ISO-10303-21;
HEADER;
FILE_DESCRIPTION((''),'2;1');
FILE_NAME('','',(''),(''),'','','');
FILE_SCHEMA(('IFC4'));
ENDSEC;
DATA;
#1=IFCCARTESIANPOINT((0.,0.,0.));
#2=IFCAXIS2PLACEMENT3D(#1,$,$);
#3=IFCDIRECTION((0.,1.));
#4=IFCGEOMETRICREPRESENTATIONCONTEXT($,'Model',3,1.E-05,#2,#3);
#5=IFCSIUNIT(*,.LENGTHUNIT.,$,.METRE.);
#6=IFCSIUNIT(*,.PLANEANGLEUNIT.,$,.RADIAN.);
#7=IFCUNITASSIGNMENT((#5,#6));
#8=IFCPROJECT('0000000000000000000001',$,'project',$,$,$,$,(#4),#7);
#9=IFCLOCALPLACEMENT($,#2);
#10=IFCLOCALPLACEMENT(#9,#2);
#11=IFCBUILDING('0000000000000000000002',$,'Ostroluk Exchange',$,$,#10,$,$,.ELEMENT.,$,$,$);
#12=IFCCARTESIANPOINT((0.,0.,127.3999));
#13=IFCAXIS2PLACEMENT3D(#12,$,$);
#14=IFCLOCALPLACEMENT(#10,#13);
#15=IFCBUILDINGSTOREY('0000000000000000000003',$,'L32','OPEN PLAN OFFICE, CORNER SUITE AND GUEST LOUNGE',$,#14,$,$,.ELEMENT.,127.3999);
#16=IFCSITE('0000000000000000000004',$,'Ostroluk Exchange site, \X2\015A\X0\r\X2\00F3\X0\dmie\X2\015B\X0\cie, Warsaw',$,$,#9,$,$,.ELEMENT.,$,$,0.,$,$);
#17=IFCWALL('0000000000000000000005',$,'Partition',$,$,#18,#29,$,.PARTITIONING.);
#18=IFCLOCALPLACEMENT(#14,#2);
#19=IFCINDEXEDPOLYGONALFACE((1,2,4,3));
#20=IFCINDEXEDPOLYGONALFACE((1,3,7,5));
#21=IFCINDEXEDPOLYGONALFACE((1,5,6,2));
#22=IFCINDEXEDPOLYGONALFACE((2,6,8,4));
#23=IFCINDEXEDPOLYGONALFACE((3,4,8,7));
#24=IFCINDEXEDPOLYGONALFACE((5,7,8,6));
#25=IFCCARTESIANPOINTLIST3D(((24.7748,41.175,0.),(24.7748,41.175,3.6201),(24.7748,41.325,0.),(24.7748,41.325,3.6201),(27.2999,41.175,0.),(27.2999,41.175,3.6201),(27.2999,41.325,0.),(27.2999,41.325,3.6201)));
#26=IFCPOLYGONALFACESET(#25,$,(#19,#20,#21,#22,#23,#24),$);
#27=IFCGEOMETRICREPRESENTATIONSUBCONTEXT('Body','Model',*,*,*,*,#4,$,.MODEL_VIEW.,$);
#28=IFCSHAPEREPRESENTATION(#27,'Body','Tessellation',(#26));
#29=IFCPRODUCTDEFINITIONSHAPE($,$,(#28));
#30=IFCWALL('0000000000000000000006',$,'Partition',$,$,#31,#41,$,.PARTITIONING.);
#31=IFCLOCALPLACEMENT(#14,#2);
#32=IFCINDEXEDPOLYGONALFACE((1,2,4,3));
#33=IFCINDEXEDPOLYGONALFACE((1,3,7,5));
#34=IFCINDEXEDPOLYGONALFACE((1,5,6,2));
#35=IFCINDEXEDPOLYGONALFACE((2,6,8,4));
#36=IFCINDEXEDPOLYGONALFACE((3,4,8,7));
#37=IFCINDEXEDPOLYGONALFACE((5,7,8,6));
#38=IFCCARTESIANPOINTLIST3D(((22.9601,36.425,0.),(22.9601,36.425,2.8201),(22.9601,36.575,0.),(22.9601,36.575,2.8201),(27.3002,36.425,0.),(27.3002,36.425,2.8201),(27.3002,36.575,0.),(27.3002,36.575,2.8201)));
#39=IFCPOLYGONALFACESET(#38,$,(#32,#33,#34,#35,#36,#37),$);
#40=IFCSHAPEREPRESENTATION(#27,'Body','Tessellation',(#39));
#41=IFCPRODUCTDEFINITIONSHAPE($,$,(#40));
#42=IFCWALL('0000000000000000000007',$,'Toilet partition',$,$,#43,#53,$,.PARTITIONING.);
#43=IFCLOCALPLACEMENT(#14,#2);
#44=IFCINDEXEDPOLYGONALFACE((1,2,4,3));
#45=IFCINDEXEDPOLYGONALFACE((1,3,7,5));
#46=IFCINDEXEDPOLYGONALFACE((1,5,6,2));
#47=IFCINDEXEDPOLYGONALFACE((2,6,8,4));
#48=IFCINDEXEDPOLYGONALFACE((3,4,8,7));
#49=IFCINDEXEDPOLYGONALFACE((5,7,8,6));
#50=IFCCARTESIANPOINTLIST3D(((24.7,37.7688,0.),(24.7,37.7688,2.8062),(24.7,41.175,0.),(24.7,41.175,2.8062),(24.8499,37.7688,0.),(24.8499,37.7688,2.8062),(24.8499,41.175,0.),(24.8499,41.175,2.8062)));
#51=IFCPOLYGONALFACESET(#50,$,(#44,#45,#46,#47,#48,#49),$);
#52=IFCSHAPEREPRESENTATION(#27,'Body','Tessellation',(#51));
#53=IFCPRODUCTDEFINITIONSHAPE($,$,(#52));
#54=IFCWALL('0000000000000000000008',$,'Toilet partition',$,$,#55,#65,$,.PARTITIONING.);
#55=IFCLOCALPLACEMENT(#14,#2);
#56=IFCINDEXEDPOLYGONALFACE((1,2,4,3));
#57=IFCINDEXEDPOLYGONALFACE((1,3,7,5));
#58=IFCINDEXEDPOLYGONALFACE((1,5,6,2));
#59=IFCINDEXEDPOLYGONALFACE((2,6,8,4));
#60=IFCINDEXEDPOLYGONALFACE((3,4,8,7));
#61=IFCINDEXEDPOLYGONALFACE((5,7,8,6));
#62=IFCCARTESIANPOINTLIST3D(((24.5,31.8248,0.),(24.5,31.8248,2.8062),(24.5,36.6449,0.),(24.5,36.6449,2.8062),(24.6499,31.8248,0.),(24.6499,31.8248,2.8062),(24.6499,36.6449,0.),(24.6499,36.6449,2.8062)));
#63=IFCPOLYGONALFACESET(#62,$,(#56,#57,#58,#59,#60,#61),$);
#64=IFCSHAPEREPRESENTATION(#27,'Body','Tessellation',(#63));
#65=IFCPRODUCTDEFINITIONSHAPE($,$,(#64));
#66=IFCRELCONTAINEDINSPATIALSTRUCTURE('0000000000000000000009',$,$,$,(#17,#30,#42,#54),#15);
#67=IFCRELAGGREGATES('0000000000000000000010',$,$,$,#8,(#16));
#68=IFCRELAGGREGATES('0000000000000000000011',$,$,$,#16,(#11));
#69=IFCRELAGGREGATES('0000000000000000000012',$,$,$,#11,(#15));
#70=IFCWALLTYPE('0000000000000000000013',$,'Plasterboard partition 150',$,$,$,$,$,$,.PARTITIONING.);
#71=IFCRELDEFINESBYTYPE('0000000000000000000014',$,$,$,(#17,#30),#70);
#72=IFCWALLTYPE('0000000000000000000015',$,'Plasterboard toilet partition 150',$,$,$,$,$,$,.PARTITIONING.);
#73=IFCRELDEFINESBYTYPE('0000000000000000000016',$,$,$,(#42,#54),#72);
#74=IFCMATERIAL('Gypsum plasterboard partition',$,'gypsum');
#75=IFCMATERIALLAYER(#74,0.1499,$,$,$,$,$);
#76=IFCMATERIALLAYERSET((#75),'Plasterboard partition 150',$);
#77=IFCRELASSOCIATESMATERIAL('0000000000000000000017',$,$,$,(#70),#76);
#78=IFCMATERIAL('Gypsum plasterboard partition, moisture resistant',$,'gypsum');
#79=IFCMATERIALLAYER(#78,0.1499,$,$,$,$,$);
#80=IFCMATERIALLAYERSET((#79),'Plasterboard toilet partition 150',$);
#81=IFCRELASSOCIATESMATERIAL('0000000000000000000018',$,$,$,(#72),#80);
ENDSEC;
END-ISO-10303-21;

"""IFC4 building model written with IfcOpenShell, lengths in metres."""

from ifc_helpers import new_model, si_unit, direction, frame, frame_2d, origin, place, context, subcontext, project, spatial, rectangle, extrude, material, layer, layer_set, type_object, element, save


model = new_model("IFC4")

# Units and contexts
model_context = context("Model", 3, precision=1e-05, world=origin(), true_north=direction((0.0, 1.0)))
body_context = subcontext(model_context, "Body", "Model", "MODEL_VIEW")
ifc_project = project(units=[si_unit("LENGTHUNIT", "METRE"), si_unit("PLANEANGLEUNIT", "RADIAN")], contexts=[model_context])

# Site, building, storey
site_placement = place(None, origin())
site = spatial("IfcSite", under=ifc_project, at=site_placement, Name="Ostroluk Exchange site, Śródmieście, Warsaw", CompositionType="ELEMENT", RefElevation=0.0)
building_placement = place(site_placement, origin())
building = spatial("IfcBuilding", under=site, at=building_placement, Name="Ostroluk Exchange", CompositionType="ELEMENT")
storey_placement = place(building_placement, frame((0.0, 0.0, 127.3999)))
storey = spatial("IfcBuildingStorey", under=building, at=storey_placement, Name="L32", Description="OPEN PLAN OFFICE, CORNER SUITE AND GUEST LOUNGE", CompositionType="ELEMENT", Elevation=127.3999)

# Walls
ifc_material_1 = material(Name="Gypsum plasterboard partition", Category="gypsum")
ifc_layer_1 = layer(ifc_material_1, 0.1499)
ifc_layer_set_1 = layer_set([ifc_layer_1], Name="Plasterboard partition 150")
wall_type_1 = type_object("IfcWallType", Name="Plasterboard partition 150", PredefinedType="PARTITIONING", material=ifc_layer_set_1)
wall_1_placement = place(storey_placement, frame((27.3, 41.25, 0.0), z_axis=(0.0, 0.0, 1.0), x_axis=(-1.0, 0.0, 0.0)))
element("IfcWall", 1, at=wall_1_placement, inside=storey, type_object=wall_type_1, Name="Partition", PredefinedType="PARTITIONING", context=body_context, shape_type="SweptSolid", body=[
    extrude(rectangle(XDim=2.5251, YDim=0.1499, at=frame_2d((1.2627, 0.0))), origin(), (0.0, 0.0, 1.0), 3.6201),
])
wall_2_placement = place(storey_placement, frame((27.3, 36.5, 0.0), z_axis=(0.0, 0.0, 1.0), x_axis=(-1.0, 0.0, 0.0)))
element("IfcWall", 2, at=wall_2_placement, inside=storey, type_object=wall_type_1, Name="Partition", PredefinedType="PARTITIONING", context=body_context, shape_type="SweptSolid", body=[
    extrude(rectangle(XDim=4.3401, YDim=0.1499, at=frame_2d((2.1699, 0.0))), origin(), (0.0, 0.0, 1.0), 2.8201),
])
ifc_material_2 = material(Name="Gypsum plasterboard partition, moisture resistant", Category="gypsum")
ifc_layer_2 = layer(ifc_material_2, 0.1499)
ifc_layer_set_2 = layer_set([ifc_layer_2], Name="Plasterboard toilet partition 150")
wall_type_2 = type_object("IfcWallType", Name="Plasterboard toilet partition 150", PredefinedType="PARTITIONING", material=ifc_layer_set_2)
wall_3_placement = place(storey_placement, frame((24.7749, 41.175, 0.0), z_axis=(0.0, 0.0, 1.0), x_axis=(0.0, -1.0, 0.0)))
element("IfcWall", 3, at=wall_3_placement, inside=storey, type_object=wall_type_2, Name="Toilet partition", PredefinedType="PARTITIONING", context=body_context, shape_type="SweptSolid", body=[
    extrude(rectangle(XDim=3.4062, YDim=0.1499, at=frame_2d((1.7031, 0.0))), origin(), (0.0, 0.0, 1.0), 2.8062),
])
wall_4_placement = place(storey_placement, frame((24.575, 36.645, 0.0), z_axis=(0.0, 0.0, 1.0), x_axis=(0.0, -1.0, 0.0)))
element("IfcWall", 4, at=wall_4_placement, inside=storey, type_object=wall_type_2, Name="Toilet partition", PredefinedType="PARTITIONING", context=body_context, shape_type="SweptSolid", body=[
    extrude(rectangle(XDim=4.8201, YDim=0.1499, at=frame_2d((2.4102, 0.0))), origin(), (0.0, 0.0, 1.0), 2.8062),
])

save(model, "model.ifc")
